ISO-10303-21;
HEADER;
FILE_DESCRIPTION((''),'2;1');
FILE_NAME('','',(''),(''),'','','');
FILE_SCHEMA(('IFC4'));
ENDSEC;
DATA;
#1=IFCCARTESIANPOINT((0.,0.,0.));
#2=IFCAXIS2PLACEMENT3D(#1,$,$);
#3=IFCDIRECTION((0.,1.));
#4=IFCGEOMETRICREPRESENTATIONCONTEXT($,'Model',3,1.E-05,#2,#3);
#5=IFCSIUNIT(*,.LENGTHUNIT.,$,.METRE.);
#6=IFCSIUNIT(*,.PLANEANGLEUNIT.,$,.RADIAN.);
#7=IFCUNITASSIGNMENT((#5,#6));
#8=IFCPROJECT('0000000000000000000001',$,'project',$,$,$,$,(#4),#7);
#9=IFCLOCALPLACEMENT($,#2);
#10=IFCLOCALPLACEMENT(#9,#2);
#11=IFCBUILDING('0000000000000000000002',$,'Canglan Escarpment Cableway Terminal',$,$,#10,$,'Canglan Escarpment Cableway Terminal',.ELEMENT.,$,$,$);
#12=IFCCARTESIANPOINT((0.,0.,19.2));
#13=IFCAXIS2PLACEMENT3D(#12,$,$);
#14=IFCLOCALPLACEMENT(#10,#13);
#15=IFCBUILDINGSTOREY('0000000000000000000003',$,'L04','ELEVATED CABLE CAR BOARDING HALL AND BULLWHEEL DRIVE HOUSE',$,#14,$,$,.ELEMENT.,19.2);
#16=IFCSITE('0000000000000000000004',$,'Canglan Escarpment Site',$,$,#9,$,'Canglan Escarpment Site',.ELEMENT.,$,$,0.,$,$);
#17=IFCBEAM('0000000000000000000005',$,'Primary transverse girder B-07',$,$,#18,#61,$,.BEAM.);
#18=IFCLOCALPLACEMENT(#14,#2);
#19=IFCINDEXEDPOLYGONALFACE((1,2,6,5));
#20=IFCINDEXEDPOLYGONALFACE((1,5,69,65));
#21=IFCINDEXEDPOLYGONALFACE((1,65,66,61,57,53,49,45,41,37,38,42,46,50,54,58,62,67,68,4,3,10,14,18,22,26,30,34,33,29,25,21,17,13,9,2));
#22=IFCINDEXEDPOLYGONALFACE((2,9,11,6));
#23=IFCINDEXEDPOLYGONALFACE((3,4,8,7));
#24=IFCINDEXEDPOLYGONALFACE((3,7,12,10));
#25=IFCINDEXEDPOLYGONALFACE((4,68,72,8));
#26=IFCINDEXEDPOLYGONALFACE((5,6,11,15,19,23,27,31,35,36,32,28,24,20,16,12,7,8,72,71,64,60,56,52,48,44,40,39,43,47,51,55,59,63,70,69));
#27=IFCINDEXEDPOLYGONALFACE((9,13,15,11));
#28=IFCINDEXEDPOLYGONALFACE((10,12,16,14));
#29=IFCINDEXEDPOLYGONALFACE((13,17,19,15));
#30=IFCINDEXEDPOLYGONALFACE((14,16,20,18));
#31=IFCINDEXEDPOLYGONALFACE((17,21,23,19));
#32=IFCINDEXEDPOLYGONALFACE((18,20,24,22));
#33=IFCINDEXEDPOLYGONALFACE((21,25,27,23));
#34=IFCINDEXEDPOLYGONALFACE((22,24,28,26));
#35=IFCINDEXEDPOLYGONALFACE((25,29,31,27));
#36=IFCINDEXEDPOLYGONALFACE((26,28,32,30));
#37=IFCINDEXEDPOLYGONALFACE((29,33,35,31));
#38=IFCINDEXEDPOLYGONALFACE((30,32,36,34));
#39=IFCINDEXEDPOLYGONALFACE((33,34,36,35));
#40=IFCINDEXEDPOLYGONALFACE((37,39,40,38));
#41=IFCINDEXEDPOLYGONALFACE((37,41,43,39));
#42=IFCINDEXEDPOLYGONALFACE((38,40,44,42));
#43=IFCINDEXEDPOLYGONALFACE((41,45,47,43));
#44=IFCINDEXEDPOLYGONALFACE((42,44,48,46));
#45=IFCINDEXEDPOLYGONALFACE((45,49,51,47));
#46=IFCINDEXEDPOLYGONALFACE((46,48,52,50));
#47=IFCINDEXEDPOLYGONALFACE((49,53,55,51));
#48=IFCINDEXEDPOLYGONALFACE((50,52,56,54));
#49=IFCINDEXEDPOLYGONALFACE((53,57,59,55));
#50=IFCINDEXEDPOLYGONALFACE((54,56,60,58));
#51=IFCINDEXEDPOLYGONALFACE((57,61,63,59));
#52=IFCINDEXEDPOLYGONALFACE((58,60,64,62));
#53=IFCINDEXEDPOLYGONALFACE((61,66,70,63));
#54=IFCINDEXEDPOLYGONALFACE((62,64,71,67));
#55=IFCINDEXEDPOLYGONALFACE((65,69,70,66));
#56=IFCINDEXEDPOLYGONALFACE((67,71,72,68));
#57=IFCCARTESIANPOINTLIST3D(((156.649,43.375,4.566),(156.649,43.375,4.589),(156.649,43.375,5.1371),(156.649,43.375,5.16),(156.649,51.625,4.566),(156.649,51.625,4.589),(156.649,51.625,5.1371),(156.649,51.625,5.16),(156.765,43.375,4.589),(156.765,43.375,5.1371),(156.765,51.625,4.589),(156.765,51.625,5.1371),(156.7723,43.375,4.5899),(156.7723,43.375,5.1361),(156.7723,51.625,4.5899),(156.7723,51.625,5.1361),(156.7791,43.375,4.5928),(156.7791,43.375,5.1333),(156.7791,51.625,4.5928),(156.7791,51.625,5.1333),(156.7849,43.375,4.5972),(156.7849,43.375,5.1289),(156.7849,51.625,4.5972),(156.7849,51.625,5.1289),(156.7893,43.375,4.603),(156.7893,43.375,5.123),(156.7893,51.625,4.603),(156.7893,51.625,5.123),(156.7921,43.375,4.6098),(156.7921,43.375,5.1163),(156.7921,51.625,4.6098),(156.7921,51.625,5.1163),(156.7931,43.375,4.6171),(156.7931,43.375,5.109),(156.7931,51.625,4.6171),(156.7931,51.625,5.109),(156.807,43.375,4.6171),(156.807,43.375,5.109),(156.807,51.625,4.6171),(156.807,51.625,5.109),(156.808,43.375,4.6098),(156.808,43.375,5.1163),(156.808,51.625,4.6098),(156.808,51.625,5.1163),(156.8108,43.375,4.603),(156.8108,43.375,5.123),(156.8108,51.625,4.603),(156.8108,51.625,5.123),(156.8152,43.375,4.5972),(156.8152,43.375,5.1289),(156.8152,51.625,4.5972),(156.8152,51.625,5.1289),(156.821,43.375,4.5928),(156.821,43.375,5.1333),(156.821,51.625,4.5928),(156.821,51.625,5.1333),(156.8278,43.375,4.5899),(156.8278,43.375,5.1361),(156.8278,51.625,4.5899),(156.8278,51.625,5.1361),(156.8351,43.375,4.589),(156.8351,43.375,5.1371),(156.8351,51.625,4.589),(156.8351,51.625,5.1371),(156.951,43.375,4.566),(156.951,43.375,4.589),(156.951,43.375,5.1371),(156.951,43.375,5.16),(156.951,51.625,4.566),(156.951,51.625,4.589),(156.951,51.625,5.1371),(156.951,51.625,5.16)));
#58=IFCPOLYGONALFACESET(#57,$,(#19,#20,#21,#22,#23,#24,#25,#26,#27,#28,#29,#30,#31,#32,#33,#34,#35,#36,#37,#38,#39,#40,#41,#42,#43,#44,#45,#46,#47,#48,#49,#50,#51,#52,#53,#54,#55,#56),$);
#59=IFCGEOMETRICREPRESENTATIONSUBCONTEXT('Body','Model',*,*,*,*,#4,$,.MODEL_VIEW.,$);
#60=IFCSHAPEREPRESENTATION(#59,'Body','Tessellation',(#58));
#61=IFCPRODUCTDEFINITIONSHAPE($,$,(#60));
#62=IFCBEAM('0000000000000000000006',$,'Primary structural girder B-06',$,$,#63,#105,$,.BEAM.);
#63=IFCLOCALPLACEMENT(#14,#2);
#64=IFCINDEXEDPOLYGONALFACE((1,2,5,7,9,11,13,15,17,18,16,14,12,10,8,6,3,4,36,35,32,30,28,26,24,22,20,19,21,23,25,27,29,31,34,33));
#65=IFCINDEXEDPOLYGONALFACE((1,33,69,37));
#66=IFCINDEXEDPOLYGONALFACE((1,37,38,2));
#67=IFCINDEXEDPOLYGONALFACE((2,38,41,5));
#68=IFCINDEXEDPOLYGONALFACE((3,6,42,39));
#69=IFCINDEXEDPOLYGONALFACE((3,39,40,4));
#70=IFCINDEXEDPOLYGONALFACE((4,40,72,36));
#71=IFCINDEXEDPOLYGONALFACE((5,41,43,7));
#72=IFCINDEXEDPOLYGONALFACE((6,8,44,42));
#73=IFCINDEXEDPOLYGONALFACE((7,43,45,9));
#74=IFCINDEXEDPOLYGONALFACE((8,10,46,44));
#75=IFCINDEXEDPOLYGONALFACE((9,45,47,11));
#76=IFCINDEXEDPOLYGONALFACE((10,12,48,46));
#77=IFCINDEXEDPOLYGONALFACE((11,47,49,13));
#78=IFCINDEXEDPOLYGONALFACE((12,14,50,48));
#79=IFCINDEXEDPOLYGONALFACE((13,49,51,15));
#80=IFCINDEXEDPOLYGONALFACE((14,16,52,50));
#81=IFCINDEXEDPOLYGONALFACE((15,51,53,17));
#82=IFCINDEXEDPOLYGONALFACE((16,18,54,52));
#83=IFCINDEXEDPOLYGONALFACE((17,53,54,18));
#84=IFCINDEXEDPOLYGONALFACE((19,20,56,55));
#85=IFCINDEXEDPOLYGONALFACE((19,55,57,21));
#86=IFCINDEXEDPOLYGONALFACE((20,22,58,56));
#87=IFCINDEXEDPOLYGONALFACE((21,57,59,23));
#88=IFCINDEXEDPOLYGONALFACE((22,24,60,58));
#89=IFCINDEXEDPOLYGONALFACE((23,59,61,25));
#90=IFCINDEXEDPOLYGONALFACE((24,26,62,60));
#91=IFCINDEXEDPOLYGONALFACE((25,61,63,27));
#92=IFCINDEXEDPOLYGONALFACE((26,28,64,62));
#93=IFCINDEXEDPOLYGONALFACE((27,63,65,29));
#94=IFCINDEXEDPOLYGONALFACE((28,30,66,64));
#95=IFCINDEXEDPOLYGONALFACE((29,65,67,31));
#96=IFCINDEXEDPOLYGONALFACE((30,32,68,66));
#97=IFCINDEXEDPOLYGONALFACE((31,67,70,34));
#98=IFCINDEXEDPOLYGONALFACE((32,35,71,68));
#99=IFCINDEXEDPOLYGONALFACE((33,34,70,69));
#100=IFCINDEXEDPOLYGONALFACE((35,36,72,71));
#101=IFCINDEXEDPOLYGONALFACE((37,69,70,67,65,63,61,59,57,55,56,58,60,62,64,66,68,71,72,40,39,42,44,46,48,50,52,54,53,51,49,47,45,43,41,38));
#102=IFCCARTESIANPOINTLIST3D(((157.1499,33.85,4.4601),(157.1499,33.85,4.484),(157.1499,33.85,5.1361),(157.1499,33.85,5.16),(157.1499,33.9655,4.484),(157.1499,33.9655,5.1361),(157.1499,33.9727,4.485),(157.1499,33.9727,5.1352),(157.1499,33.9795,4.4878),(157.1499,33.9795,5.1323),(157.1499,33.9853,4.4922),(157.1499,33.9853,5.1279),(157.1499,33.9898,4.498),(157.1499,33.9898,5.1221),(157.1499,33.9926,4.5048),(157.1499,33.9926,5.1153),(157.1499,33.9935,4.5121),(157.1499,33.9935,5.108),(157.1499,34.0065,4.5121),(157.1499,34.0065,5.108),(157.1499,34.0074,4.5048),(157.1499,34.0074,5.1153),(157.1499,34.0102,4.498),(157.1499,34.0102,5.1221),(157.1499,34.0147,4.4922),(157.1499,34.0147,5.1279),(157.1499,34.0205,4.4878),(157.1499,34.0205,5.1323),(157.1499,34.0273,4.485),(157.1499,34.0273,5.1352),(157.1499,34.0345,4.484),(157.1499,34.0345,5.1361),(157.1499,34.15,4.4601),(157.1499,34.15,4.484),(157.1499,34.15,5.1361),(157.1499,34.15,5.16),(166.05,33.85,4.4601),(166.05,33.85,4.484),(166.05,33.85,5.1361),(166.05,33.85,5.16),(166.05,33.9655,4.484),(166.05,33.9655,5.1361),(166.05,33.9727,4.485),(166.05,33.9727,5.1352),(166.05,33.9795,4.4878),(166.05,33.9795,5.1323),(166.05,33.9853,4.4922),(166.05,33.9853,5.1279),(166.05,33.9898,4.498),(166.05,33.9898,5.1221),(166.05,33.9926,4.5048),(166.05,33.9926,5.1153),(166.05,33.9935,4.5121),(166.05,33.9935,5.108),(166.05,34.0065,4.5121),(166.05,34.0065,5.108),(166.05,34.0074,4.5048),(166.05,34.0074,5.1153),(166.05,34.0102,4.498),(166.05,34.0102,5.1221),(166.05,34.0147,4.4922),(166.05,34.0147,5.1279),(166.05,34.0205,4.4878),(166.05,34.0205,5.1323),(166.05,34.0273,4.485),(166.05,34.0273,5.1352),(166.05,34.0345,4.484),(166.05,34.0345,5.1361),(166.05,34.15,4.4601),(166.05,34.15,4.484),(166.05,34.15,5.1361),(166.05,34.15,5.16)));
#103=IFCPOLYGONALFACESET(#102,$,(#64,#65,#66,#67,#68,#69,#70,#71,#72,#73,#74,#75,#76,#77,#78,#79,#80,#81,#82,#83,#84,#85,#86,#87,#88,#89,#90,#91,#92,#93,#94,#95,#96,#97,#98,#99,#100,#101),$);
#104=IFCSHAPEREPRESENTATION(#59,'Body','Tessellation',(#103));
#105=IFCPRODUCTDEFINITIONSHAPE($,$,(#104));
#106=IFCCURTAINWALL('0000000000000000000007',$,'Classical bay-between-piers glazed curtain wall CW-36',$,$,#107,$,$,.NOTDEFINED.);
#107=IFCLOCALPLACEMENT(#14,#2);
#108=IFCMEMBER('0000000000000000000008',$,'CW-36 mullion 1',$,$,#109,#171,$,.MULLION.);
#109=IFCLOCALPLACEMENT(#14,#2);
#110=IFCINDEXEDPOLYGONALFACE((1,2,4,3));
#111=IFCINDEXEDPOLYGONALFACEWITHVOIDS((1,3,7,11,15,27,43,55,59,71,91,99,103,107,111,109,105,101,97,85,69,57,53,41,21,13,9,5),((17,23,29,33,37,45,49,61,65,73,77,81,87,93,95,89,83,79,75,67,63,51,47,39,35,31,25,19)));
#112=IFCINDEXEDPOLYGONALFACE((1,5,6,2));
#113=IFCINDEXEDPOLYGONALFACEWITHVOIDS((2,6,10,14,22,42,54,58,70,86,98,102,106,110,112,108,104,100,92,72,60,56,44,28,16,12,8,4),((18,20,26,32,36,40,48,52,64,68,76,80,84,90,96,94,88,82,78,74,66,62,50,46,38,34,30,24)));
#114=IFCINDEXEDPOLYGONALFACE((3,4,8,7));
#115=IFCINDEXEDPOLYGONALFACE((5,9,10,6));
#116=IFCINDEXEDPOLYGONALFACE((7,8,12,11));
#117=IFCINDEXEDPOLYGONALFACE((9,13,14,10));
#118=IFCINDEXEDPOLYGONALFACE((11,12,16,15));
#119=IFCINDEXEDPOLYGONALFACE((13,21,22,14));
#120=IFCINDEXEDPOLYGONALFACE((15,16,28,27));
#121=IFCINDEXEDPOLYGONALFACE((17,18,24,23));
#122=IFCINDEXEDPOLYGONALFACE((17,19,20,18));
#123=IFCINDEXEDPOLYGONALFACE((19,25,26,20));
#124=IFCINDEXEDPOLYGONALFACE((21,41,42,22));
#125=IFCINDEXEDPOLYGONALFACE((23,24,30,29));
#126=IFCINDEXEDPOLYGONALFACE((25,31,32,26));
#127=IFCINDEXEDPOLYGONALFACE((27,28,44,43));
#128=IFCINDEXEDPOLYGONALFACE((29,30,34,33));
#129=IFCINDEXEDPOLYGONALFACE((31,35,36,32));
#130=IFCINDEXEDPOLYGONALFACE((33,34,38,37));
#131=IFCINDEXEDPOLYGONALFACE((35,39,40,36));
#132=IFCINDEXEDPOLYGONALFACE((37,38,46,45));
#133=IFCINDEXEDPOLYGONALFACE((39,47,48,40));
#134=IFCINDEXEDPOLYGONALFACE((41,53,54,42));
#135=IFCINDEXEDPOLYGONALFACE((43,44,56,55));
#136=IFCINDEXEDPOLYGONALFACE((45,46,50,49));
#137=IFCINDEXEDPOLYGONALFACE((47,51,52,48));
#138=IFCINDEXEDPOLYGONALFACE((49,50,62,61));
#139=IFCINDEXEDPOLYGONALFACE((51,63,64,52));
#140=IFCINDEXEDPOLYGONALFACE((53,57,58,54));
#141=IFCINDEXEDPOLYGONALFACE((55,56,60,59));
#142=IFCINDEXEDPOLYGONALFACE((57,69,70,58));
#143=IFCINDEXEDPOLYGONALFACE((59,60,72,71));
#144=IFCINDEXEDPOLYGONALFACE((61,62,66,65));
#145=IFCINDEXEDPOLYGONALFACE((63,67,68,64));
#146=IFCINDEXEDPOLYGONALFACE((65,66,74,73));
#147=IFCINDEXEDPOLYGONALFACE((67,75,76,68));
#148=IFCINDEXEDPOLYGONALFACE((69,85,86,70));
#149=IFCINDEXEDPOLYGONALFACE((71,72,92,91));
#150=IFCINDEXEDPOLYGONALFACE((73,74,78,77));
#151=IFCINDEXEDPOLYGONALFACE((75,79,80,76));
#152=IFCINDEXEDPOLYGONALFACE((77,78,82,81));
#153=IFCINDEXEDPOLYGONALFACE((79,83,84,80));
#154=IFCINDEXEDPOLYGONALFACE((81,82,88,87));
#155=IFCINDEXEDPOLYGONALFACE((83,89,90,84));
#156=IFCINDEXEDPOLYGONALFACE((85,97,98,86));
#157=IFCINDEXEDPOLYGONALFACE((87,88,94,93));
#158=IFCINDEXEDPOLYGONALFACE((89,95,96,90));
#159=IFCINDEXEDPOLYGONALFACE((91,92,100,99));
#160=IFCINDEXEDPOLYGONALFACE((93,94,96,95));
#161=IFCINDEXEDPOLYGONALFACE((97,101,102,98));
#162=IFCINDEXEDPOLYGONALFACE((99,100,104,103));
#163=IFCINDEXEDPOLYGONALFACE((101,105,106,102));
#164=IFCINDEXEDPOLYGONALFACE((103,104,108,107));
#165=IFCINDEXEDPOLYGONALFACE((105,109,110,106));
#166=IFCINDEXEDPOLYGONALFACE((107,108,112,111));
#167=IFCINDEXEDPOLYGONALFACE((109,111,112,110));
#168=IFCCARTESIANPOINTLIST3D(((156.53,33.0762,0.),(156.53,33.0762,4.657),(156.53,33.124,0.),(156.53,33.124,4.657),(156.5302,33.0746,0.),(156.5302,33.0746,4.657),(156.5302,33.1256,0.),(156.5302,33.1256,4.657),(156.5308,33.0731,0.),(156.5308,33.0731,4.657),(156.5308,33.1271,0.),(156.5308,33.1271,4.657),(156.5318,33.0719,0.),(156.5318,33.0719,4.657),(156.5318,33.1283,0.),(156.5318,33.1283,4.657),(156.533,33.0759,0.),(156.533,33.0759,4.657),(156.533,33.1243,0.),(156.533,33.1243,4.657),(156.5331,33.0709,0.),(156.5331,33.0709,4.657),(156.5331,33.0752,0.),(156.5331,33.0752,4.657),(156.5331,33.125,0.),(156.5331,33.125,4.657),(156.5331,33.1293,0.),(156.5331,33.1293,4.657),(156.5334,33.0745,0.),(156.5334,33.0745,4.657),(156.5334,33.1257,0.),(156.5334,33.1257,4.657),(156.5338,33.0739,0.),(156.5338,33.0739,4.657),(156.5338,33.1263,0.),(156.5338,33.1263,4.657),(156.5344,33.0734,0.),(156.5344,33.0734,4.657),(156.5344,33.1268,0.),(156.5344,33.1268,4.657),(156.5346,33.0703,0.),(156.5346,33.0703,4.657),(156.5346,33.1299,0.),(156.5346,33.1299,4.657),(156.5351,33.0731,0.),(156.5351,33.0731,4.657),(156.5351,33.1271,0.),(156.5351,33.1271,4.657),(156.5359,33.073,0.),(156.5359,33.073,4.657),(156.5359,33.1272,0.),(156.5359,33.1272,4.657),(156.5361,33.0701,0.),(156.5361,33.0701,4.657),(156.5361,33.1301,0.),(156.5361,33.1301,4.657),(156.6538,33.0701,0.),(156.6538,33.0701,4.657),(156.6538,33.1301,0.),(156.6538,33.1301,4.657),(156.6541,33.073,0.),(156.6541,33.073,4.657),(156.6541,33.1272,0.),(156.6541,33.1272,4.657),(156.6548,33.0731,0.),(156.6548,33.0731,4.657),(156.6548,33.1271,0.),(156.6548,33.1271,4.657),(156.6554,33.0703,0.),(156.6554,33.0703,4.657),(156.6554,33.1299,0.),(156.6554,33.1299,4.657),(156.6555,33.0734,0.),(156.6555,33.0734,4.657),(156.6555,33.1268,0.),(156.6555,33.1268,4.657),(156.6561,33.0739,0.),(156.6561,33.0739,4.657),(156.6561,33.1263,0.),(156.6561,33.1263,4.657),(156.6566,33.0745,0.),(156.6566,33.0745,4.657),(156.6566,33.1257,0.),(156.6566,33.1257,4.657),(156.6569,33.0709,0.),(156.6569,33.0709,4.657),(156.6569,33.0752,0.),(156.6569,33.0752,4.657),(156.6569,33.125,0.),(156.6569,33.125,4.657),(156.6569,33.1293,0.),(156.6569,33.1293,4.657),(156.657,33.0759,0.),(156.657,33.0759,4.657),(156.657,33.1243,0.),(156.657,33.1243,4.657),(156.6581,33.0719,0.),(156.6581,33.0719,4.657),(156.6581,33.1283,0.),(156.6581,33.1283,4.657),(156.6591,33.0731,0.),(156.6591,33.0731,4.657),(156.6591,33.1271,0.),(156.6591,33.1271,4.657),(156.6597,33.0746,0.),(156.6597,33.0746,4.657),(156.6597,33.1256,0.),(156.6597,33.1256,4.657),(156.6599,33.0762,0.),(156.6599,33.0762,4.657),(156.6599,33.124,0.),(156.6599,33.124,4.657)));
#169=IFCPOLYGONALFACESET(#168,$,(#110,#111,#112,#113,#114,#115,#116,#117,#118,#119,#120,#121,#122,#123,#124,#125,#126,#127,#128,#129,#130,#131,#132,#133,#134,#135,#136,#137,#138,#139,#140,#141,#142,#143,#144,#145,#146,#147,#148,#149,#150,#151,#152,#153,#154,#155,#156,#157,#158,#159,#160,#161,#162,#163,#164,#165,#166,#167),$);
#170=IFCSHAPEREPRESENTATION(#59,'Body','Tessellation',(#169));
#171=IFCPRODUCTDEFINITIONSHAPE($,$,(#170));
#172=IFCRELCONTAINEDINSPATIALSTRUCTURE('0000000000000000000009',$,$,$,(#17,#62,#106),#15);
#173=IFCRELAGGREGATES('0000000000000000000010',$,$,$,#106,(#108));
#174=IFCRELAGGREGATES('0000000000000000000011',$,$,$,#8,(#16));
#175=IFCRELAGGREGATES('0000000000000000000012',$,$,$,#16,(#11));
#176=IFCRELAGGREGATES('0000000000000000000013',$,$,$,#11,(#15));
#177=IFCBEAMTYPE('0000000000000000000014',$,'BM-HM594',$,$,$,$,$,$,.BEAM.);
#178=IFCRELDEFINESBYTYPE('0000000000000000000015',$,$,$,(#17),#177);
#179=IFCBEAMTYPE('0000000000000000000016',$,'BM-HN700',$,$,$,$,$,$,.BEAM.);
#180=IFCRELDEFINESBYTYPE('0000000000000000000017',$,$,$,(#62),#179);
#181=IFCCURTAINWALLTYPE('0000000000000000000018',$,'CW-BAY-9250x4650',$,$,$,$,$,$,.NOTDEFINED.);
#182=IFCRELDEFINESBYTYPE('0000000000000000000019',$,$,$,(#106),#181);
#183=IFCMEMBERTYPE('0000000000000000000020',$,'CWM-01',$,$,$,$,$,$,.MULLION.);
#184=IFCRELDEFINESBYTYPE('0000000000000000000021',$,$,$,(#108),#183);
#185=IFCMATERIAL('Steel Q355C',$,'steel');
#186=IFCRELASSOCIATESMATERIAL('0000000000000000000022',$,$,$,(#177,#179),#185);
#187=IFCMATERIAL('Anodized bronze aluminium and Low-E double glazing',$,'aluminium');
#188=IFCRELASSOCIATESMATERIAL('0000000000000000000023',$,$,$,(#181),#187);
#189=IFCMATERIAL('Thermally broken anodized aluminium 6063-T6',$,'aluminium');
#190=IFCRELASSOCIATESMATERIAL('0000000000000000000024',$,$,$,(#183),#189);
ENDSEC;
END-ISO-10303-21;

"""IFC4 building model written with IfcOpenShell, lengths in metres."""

from ifc_helpers import new_model, si_unit, direction, frame, origin, origin_2d, place, context, subcontext, project, spatial, hollow_rectangle, i_section, extrude, material, material_profile, profile_set, type_object, element, aggregate, save


model = new_model("IFC4")

# Units and contexts
model_context = context("Model", 3, precision=1e-05, world=origin(), true_north=direction((0.0, 1.0)))
body_context = subcontext(model_context, "Body", "Model", "MODEL_VIEW")
ifc_project = project(units=[si_unit("LENGTHUNIT", "METRE"), si_unit("PLANEANGLEUNIT", "RADIAN")], contexts=[model_context])

# Site, building, storey
site_placement = place(None, origin())
site = spatial("IfcSite", under=ifc_project, at=site_placement, Name="Canglan Escarpment Site", LongName="Canglan Escarpment Site", CompositionType="ELEMENT", RefElevation=0.0)
building_placement = place(site_placement, origin())
building = spatial("IfcBuilding", under=site, at=building_placement, Name="Canglan Escarpment Cableway Terminal", LongName="Canglan Escarpment Cableway Terminal", CompositionType="ELEMENT")
storey_placement = place(building_placement, frame((0.0, 0.0, 19.2)))
storey = spatial("IfcBuildingStorey", under=building, at=storey_placement, Name="L04", Description="ELEVATED CABLE CAR BOARDING HALL AND BULLWHEEL DRIVE HOUSE", CompositionType="ELEMENT", Elevation=19.2)

# Shared definitions
ifc_material_1 = material(Name="Steel Q355C", Category="steel")

# Beams
ifc_material_profile_1 = material_profile(ifc_material_1, i_section(OverallWidth=0.302, OverallDepth=0.594, WebThickness=0.0139, FlangeThickness=0.0229, FilletRadius=0.0281, at=origin_2d()), Name="HM 594x302x14x23")
ifc_profile_set_1 = profile_set([ifc_material_profile_1], Name="Steel Q355C")
beam_type_1 = type_object("IfcBeamType", Name="BM-HM594", PredefinedType="BEAM", material=ifc_profile_set_1)
beam_1_placement = place(storey_placement, frame((156.8, 43.375, 4.863), z_axis=(0.0, 1.0, 0.0), x_axis=(-1.0, 0.0, 0.0)))
element("IfcBeam", 1, at=beam_1_placement, inside=storey, type_object=beam_type_1, Name="Primary transverse girder B-07", PredefinedType="BEAM", context=body_context, shape_type="SweptSolid", body=[
    extrude(i_section(OverallWidth=0.302, OverallDepth=0.594, WebThickness=0.0139, FlangeThickness=0.0229, FilletRadius=0.0281, at=origin_2d()), origin(), (0.0, 0.0, 1.0), 8.25),
])
ifc_material_profile_2 = material_profile(ifc_material_1, i_section(OverallWidth=0.3, OverallDepth=0.7, WebThickness=0.0129, FlangeThickness=0.0239, FilletRadius=0.0281, at=origin_2d()), Name="HN 700x300x13x24")
ifc_profile_set_2 = profile_set([ifc_material_profile_2], Name="Steel Q355C")
beam_type_2 = type_object("IfcBeamType", Name="BM-HN700", PredefinedType="BEAM", material=ifc_profile_set_2)
beam_2_placement = place(storey_placement, frame((157.1499, 34.0, 4.8101), z_axis=(1.0, 0.0, 0.0), x_axis=(0.0, 1.0, 0.0)))
element("IfcBeam", 2, at=beam_2_placement, inside=storey, type_object=beam_type_2, Name="Primary structural girder B-06", PredefinedType="BEAM", context=body_context, shape_type="SweptSolid", body=[
    extrude(i_section(OverallWidth=0.3, OverallDepth=0.7, WebThickness=0.0129, FlangeThickness=0.0239, FilletRadius=0.0281, at=origin_2d()), origin(), (0.0, 0.0, 1.0), 8.9001),
])

# Curtain wall, member
ifc_material_2 = material(Name="Anodized bronze aluminium and Low-E double glazing", Category="aluminium")
curtain_wall_type = type_object("IfcCurtainWallType", Name="CW-BAY-9250x4650", PredefinedType="NOTDEFINED", material=ifc_material_2)
curtain_wall_placement = place(storey_placement, origin())
curtain_wall = element("IfcCurtainWall", 3, at=curtain_wall_placement, inside=storey, type_object=curtain_wall_type, Name="Classical bay-between-piers glazed curtain wall CW-36", PredefinedType="NOTDEFINED")
ifc_material_3 = material(Name="Thermally broken anodized aluminium 6063-T6", Category="aluminium")
ifc_material_profile_3 = material_profile(ifc_material_3, hollow_rectangle(XDim=0.0601, YDim=0.1299, WallThickness=0.0029, InnerFilletRadius=0.0029, OuterFilletRadius=0.0061, at=origin_2d()), Name="ALU-MULL 60x130x3")
ifc_profile_set_3 = profile_set([ifc_material_profile_3], Name="Thermally broken anodized aluminium 6063-T6")
member_type_1 = type_object("IfcMemberType", Name="CWM-01", PredefinedType="MULLION", material=ifc_profile_set_3)
member_1_placement = place(storey_placement, frame((156.595, 33.1001, 0.0), z_axis=(0.0, 0.0, 1.0), x_axis=(0.0, -1.0, 0.0)))
member_1 = element("IfcMember", 4, at=member_1_placement, type_object=member_type_1, Name="CW-36 mullion 1", PredefinedType="MULLION", context=body_context, shape_type="SweptSolid", body=[
    extrude(hollow_rectangle(XDim=0.0601, YDim=0.1299, WallThickness=0.0029, InnerFilletRadius=0.0029, OuterFilletRadius=0.0061, at=origin_2d()), origin(), (0.0, 0.0, 1.0), 4.657),
])
aggregate(curtain_wall, [member_1])

save(model, "model.ifc")
